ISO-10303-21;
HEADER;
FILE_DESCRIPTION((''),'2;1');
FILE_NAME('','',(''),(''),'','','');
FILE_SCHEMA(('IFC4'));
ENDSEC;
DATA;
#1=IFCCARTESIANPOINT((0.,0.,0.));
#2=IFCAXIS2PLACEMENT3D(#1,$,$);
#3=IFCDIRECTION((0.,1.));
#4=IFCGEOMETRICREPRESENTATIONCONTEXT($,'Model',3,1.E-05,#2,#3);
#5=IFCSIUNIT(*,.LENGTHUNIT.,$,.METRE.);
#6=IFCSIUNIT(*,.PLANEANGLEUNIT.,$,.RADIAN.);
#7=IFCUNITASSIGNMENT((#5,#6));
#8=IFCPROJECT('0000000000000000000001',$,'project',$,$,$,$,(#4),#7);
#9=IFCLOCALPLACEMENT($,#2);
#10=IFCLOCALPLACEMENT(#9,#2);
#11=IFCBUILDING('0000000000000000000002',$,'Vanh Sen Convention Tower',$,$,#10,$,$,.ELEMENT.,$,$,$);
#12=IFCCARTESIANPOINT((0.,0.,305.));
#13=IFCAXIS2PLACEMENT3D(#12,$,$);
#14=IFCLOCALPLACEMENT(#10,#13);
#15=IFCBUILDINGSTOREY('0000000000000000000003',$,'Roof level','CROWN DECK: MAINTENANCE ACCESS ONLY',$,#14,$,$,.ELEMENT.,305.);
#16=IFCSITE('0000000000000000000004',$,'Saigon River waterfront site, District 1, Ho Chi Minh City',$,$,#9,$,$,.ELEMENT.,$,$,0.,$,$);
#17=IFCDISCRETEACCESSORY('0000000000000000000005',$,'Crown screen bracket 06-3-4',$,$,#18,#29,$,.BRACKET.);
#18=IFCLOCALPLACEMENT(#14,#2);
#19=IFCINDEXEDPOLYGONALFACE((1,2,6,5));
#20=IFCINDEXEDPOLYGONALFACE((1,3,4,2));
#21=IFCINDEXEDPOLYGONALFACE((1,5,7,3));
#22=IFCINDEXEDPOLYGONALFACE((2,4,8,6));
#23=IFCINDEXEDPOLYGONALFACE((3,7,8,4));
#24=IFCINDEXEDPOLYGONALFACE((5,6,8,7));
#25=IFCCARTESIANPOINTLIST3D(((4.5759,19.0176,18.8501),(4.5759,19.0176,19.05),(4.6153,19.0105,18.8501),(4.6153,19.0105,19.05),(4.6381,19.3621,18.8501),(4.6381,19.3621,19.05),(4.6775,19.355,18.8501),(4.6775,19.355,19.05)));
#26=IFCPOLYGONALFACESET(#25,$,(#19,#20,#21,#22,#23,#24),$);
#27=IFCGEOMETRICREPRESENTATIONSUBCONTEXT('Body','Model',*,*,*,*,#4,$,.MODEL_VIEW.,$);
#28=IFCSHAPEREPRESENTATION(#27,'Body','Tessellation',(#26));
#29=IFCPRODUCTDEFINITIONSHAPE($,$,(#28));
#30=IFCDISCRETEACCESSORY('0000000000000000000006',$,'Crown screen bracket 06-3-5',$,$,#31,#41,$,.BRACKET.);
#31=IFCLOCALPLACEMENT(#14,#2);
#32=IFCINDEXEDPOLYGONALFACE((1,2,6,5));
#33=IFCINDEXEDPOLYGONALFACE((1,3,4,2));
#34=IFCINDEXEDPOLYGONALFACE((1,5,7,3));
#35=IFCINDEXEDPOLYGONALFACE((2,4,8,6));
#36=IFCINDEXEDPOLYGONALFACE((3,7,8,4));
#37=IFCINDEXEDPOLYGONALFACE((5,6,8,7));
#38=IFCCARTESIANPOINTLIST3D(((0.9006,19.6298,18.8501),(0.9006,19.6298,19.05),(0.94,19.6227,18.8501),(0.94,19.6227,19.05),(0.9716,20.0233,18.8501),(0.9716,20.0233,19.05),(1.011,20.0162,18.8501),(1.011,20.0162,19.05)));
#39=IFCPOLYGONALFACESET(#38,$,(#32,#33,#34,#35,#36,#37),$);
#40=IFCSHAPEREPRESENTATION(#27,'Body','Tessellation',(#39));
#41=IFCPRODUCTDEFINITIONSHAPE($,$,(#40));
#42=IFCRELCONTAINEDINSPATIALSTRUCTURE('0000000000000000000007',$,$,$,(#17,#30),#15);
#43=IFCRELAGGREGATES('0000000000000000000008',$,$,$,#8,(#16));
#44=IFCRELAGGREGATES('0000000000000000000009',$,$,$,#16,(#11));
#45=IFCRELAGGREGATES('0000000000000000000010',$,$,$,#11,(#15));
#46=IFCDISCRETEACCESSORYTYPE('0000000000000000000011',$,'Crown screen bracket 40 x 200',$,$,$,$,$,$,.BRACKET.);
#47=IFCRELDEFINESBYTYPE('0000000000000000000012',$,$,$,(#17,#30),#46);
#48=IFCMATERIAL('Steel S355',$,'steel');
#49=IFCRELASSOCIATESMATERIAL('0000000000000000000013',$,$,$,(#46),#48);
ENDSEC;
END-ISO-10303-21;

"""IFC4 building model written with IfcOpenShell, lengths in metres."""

from ifc_helpers import new_model, si_unit, direction, frame, origin, origin_2d, place, context, subcontext, project, spatial, rectangle, extrude, material, type_object, element, save


model = new_model("IFC4")

# Units and contexts
model_context = context("Model", 3, precision=1e-05, world=origin(), true_north=direction((0.0, 1.0)))
body_context = subcontext(model_context, "Body", "Model", "MODEL_VIEW")
ifc_project = project(units=[si_unit("LENGTHUNIT", "METRE"), si_unit("PLANEANGLEUNIT", "RADIAN")], contexts=[model_context])

# Site, building, storey
site_placement = place(None, origin())
site = spatial("IfcSite", under=ifc_project, at=site_placement, Name="Saigon River waterfront site, District 1, Ho Chi Minh City", CompositionType="ELEMENT", RefElevation=0.0)
building_placement = place(site_placement, origin())
building = spatial("IfcBuilding", under=site, at=building_placement, Name="Vanh Sen Convention Tower", CompositionType="ELEMENT")
storey_placement = place(building_placement, frame((0.0, 0.0, 305.0)))
storey = spatial("IfcBuildingStorey", under=building, at=storey_placement, Name="Roof level", Description="CROWN DECK: MAINTENANCE ACCESS ONLY", CompositionType="ELEMENT", Elevation=305.0)

# Discrete accessories
ifc_material_1 = material(Name="Steel S355", Category="steel")
discrete_accessory_type_1 = type_object("IfcDiscreteAccessoryType", Name="Crown screen bracket 40 x 200", PredefinedType="BRACKET", material=ifc_material_1)
for number, where, z_axis, x_axis, name in (
    (1, (4.6267, 19.1863, 18.8501), (0.0, 0.0, 1.0), (0.177495, 0.984122, 0.0), "Crown screen bracket 06-3-4"),
):
    element("IfcDiscreteAccessory", number, at=place(storey_placement, frame(where, z_axis=z_axis, x_axis=x_axis)), inside=storey, type_object=discrete_accessory_type_1, Name=name, PredefinedType="BRACKET", context=body_context, shape_type="SweptSolid", body=[
        extrude(rectangle(XDim=0.3501, YDim=0.04, at=origin_2d()), origin(), (0.0, 0.0, 1.0), 0.2),
    ])
discrete_accessory_1_placement = place(storey_placement, frame((0.9558, 19.823, 18.8501), z_axis=(0.0, 0.0, 1.0), x_axis=(0.177495, 0.984122, 0.0)))
element("IfcDiscreteAccessory", 2, at=discrete_accessory_1_placement, inside=storey, type_object=discrete_accessory_type_1, Name="Crown screen bracket 06-3-5", PredefinedType="BRACKET", context=body_context, shape_type="SweptSolid", body=[
    extrude(rectangle(XDim=0.3999, YDim=0.04, at=origin_2d()), origin(), (0.0, 0.0, 1.0), 0.2),
])

save(model, "model.ifc")
